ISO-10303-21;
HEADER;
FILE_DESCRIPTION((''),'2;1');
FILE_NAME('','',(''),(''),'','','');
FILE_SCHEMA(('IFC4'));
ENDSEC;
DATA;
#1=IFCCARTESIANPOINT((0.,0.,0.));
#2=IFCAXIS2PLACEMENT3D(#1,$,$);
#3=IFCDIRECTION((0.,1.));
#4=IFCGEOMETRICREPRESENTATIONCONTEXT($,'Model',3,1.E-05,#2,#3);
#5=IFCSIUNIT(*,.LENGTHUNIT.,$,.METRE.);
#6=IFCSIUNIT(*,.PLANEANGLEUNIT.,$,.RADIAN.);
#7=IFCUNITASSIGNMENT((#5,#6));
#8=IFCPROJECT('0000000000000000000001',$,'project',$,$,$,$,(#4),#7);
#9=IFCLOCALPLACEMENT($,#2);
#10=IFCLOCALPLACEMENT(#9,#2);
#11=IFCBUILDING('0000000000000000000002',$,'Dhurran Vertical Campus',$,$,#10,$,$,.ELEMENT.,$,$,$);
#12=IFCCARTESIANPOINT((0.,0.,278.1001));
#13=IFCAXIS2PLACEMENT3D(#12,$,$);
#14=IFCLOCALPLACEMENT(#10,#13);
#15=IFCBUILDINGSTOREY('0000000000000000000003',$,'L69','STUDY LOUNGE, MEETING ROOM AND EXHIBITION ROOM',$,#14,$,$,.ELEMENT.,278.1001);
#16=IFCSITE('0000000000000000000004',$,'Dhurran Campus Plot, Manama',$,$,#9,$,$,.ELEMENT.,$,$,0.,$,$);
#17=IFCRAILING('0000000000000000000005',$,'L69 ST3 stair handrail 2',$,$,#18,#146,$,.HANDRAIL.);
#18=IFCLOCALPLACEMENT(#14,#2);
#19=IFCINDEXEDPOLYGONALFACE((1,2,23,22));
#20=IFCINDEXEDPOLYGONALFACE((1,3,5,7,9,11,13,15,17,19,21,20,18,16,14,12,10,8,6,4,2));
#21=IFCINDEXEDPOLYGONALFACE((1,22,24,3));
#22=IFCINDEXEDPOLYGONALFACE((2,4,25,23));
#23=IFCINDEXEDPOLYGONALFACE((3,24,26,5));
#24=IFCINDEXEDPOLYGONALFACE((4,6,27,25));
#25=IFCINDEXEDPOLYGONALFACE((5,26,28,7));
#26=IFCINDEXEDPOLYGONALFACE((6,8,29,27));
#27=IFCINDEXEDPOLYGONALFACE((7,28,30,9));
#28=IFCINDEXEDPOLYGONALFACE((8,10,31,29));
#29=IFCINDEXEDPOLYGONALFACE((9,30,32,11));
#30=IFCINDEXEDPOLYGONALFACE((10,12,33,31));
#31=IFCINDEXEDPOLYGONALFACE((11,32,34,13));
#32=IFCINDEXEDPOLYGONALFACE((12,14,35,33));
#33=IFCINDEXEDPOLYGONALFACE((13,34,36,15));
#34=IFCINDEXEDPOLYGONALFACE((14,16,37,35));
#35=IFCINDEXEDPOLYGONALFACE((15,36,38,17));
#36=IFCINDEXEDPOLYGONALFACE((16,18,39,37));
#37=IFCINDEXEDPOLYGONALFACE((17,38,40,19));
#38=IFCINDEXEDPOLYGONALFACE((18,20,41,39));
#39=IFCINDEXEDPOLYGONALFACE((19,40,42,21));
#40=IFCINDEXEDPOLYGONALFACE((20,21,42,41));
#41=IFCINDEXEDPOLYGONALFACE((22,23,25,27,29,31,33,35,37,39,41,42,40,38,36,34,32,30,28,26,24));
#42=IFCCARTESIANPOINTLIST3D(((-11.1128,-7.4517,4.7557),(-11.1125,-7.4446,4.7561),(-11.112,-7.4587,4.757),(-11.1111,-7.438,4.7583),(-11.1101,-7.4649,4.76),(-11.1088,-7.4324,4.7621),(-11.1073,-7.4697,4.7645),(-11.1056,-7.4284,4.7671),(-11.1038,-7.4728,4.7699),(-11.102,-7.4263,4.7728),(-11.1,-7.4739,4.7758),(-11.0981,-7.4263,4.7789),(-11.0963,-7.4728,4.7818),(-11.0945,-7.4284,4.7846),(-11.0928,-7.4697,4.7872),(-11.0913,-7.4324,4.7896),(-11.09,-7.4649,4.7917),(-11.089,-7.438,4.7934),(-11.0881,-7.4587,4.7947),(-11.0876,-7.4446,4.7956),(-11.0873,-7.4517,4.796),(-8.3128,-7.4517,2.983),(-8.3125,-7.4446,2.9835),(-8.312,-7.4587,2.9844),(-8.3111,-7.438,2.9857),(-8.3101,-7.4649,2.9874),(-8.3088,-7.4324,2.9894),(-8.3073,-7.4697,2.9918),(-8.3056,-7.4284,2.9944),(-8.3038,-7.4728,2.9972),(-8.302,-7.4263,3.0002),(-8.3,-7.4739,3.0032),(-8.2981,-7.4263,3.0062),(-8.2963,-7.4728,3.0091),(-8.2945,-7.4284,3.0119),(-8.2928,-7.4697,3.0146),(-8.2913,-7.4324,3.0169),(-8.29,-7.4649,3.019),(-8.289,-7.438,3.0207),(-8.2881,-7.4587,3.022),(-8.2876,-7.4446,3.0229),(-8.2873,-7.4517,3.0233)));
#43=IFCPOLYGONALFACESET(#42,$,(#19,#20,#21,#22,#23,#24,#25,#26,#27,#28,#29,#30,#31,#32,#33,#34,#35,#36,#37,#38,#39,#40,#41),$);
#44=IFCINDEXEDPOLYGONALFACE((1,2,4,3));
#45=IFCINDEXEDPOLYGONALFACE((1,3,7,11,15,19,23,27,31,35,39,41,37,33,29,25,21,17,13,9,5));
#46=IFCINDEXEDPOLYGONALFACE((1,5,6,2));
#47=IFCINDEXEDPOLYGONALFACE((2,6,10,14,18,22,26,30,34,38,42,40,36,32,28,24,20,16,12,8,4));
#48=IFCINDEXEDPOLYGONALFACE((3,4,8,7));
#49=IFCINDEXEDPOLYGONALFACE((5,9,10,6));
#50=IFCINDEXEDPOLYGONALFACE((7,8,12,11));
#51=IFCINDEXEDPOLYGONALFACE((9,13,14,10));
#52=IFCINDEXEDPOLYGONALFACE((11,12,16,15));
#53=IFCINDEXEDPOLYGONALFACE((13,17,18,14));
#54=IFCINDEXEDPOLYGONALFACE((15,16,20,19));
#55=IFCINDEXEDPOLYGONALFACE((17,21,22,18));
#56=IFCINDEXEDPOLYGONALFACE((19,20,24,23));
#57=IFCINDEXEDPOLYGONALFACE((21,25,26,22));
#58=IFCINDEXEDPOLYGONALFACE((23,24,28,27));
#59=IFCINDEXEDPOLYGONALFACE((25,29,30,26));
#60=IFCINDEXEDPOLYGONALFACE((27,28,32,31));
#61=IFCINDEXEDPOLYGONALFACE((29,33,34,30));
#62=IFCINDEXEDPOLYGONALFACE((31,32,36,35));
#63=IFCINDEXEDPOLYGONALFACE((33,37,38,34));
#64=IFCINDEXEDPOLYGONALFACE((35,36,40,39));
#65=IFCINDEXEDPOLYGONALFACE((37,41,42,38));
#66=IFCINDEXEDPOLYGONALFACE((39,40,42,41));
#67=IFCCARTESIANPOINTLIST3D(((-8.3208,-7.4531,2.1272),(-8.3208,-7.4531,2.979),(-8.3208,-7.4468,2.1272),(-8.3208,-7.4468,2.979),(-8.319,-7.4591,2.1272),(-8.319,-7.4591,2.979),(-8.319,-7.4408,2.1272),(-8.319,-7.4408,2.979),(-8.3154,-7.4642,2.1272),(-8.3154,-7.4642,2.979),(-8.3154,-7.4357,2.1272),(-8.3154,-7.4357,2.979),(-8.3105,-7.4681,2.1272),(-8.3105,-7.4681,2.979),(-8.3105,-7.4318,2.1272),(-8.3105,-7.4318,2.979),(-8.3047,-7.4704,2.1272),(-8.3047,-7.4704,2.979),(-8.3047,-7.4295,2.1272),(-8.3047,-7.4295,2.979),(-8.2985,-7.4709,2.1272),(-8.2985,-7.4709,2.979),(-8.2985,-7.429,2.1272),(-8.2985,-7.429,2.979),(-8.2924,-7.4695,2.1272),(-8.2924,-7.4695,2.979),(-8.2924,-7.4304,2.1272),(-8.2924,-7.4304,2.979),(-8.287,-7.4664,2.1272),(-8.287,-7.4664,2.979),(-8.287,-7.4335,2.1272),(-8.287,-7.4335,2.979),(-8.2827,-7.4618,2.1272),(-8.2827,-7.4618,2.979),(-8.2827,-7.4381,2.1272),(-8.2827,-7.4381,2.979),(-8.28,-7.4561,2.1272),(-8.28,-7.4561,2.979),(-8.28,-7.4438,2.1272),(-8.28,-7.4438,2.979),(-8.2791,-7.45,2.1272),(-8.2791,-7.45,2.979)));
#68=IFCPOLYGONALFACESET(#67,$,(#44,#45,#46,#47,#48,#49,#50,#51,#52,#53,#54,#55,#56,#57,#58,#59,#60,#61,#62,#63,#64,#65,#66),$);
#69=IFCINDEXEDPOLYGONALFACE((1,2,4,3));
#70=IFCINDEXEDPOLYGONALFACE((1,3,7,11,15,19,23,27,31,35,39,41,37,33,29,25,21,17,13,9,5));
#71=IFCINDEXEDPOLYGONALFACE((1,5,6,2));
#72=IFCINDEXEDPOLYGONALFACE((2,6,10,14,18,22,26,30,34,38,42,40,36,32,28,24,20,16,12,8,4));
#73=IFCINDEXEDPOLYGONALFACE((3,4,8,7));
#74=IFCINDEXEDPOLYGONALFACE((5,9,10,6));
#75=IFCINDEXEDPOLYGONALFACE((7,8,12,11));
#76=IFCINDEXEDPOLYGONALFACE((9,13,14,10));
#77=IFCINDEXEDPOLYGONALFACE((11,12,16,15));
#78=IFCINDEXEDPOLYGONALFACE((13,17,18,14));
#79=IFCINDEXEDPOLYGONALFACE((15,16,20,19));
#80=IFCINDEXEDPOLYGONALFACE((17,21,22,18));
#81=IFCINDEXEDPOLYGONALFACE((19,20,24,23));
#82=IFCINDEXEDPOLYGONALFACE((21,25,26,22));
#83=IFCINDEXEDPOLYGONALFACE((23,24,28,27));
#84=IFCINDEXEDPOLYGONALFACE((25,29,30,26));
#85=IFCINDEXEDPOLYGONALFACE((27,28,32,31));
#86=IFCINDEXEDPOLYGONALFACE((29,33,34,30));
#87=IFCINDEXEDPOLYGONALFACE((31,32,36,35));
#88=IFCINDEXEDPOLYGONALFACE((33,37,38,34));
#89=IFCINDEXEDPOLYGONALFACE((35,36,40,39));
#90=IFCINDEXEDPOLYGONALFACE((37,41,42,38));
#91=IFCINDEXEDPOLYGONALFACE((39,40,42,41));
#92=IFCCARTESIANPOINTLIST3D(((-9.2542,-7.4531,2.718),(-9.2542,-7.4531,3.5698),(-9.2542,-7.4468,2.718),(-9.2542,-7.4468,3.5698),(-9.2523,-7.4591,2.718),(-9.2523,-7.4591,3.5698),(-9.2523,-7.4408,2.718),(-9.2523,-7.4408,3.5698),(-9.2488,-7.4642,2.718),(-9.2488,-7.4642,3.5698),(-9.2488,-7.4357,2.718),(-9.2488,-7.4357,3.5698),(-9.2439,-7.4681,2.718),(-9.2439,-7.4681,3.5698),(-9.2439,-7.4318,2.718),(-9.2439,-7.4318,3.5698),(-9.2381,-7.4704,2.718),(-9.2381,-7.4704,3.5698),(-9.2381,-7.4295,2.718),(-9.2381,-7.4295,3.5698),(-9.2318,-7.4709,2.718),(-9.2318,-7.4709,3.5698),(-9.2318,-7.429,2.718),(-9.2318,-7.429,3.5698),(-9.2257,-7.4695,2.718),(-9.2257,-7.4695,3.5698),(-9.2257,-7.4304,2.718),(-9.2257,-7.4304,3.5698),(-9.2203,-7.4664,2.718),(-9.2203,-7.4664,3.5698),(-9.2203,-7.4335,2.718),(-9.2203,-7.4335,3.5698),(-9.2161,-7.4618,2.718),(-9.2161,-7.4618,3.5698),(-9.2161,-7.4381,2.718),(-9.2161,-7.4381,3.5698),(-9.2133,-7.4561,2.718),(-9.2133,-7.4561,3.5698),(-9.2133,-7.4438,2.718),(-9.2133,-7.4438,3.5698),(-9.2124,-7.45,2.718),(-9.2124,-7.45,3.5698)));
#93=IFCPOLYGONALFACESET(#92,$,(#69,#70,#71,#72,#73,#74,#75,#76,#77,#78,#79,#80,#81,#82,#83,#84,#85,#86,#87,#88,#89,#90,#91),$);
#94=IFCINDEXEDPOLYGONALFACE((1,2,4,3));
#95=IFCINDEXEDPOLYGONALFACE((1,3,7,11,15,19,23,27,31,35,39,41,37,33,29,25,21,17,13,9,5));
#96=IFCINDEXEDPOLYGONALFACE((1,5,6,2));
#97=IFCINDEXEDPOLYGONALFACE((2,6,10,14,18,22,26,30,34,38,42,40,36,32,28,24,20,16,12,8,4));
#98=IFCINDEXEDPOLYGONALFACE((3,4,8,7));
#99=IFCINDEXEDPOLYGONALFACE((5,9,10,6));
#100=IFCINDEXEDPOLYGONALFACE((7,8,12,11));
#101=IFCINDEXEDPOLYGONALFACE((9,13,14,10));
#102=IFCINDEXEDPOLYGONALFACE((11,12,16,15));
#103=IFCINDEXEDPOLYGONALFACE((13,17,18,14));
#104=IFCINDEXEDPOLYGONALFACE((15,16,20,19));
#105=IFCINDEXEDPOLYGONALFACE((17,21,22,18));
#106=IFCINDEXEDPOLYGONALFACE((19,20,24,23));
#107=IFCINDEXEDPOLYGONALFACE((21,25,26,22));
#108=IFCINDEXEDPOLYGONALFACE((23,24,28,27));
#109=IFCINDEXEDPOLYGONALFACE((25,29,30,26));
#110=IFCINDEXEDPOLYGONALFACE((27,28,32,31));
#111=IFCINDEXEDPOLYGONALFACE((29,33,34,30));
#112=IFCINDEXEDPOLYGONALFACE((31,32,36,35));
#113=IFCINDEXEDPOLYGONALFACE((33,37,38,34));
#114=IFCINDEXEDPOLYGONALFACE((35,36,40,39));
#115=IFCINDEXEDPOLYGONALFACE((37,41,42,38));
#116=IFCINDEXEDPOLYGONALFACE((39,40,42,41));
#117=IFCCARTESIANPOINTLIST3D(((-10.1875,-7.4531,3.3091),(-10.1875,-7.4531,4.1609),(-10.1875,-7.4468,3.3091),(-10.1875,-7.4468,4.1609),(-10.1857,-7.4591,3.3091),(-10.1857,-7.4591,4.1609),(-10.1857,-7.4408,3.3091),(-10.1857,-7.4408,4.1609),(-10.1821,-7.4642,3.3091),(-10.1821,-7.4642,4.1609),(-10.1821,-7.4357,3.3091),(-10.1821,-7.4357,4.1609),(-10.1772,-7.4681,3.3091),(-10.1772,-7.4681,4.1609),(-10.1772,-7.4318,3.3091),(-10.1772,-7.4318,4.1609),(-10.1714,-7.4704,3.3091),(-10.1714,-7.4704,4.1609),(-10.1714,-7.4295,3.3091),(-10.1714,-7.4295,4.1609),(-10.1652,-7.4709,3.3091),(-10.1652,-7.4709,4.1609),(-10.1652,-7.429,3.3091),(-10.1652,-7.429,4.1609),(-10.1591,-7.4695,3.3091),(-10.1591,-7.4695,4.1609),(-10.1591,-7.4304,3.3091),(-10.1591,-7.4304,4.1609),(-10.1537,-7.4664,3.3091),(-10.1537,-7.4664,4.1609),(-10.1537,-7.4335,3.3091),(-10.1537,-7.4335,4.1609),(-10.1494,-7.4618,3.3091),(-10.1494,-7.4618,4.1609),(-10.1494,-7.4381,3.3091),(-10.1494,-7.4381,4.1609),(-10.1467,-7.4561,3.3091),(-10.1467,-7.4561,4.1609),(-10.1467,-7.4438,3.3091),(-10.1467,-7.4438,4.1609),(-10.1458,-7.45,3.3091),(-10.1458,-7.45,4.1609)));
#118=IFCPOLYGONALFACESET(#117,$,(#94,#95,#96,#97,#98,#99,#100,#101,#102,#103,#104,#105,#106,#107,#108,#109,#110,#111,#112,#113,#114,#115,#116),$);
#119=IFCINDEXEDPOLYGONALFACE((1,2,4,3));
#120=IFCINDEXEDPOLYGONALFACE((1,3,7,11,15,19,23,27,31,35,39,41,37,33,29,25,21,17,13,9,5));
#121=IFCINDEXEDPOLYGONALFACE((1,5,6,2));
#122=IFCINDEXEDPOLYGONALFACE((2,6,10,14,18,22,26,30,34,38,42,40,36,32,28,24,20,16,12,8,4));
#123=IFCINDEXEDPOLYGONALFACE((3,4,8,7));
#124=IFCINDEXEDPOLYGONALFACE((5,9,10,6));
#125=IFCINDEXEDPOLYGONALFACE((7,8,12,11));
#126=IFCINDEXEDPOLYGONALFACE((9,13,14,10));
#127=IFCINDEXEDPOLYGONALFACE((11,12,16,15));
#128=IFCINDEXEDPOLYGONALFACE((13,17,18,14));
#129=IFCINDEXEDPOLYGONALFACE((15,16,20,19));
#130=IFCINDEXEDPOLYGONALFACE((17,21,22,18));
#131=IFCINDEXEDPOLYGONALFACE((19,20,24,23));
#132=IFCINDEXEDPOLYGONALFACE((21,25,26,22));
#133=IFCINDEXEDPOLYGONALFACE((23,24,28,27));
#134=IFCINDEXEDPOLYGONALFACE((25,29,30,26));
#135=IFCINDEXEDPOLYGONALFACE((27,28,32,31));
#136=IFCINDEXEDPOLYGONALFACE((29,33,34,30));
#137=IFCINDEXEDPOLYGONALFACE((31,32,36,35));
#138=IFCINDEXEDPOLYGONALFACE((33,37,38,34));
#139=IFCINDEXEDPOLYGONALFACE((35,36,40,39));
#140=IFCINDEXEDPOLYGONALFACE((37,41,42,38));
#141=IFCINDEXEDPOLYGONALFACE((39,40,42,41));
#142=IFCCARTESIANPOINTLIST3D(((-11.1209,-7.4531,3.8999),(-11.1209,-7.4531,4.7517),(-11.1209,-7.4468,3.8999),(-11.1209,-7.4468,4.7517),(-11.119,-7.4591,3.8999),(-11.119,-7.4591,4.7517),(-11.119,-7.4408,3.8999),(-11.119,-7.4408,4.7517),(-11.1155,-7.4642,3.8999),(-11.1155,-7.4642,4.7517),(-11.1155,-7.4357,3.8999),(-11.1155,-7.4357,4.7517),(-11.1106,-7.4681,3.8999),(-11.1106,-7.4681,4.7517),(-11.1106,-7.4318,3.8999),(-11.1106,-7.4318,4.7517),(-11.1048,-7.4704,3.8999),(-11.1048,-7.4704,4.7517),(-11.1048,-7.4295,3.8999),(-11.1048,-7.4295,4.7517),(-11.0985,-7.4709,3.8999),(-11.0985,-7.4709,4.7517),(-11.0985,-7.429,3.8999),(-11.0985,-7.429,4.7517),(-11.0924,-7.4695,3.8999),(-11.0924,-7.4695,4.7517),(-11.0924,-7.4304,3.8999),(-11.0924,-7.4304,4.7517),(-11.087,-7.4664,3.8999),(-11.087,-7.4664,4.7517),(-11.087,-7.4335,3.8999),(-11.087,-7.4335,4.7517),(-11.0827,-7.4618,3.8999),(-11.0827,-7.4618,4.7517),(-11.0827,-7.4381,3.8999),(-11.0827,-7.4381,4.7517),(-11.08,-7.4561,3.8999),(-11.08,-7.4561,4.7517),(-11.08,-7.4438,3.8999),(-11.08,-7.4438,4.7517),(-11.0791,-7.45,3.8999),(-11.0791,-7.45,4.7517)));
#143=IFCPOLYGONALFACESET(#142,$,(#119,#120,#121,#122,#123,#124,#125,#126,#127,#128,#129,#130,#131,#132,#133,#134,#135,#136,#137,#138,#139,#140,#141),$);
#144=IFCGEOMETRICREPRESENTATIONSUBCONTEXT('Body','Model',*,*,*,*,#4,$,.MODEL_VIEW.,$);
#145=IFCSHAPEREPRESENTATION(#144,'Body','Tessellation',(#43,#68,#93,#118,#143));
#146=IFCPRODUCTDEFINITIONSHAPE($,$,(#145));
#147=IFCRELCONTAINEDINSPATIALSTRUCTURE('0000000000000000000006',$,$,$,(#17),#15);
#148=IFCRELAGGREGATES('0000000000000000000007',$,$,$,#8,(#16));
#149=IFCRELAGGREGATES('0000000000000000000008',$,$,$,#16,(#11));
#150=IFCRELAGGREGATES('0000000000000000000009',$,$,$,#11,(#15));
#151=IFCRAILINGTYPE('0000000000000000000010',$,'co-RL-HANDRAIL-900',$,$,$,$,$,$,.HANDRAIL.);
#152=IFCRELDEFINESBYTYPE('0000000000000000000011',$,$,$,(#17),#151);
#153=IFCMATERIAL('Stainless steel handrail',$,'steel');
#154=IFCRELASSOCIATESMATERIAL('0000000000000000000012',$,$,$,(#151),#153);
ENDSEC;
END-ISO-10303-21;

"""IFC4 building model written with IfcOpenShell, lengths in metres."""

from ifc_helpers import new_model, si_unit, direction, frame, origin, origin_2d, place, context, subcontext, project, spatial, circle, extrude, material, type_object, element, save


model = new_model("IFC4")

# Units and contexts
model_context = context("Model", 3, precision=1e-05, world=origin(), true_north=direction((0.0, 1.0)))
body_context = subcontext(model_context, "Body", "Model", "MODEL_VIEW")
ifc_project = project(units=[si_unit("LENGTHUNIT", "METRE"), si_unit("PLANEANGLEUNIT", "RADIAN")], contexts=[model_context])

# Site, building, storey
site_placement = place(None, origin())
site = spatial("IfcSite", under=ifc_project, at=site_placement, Name="Dhurran Campus Plot, Manama", CompositionType="ELEMENT", RefElevation=0.0)
building_placement = place(site_placement, origin())
building = spatial("IfcBuilding", under=site, at=building_placement, Name="Dhurran Vertical Campus", CompositionType="ELEMENT")
storey_placement = place(building_placement, frame((0.0, 0.0, 278.1001)))
storey = spatial("IfcBuildingStorey", under=building, at=storey_placement, Name="L69", Description="STUDY LOUNGE, MEETING ROOM AND EXHIBITION ROOM", CompositionType="ELEMENT", Elevation=278.1001)

# Railing
ifc_material_1 = material(Name="Stainless steel handrail", Category="steel")
railing_type_1 = type_object("IfcRailingType", Name="co-RL-HANDRAIL-900", PredefinedType="HANDRAIL", material=ifc_material_1)
railing_1_placement = place(storey_placement, frame((-8.3, -7.45, 2.1272)))
element("IfcRailing", 1, at=railing_1_placement, inside=storey, type_object=railing_type_1, Name="L69 ST3 stair handrail 2", PredefinedType="HANDRAIL", context=body_context, shape_type="SweptSolid", body=[
    extrude(circle(Radius=0.0239, at=origin_2d()), frame((0.0, 0.0, 0.876), z_axis=(-0.844909, 0.0, 0.53491), x_axis=(0.0, -1.0, 0.0)), (0.0, 0.0, 1.0), 3.314),
    extrude(circle(Radius=0.021, at=origin_2d()), origin(), (0.0, 0.0, 1.0), 0.8518),
    extrude(circle(Radius=0.021, at=origin_2d()), frame((-0.9333, 0.0, 0.5908)), (0.0, 0.0, 1.0), 0.8518),
    extrude(circle(Radius=0.021, at=origin_2d()), frame((-1.8667, 0.0, 1.1819)), (0.0, 0.0, 1.0), 0.8518),
    extrude(circle(Radius=0.021, at=origin_2d()), frame((-2.8, 0.0, 1.7727)), (0.0, 0.0, 1.0), 0.8518),
])

save(model, "model.ifc")
